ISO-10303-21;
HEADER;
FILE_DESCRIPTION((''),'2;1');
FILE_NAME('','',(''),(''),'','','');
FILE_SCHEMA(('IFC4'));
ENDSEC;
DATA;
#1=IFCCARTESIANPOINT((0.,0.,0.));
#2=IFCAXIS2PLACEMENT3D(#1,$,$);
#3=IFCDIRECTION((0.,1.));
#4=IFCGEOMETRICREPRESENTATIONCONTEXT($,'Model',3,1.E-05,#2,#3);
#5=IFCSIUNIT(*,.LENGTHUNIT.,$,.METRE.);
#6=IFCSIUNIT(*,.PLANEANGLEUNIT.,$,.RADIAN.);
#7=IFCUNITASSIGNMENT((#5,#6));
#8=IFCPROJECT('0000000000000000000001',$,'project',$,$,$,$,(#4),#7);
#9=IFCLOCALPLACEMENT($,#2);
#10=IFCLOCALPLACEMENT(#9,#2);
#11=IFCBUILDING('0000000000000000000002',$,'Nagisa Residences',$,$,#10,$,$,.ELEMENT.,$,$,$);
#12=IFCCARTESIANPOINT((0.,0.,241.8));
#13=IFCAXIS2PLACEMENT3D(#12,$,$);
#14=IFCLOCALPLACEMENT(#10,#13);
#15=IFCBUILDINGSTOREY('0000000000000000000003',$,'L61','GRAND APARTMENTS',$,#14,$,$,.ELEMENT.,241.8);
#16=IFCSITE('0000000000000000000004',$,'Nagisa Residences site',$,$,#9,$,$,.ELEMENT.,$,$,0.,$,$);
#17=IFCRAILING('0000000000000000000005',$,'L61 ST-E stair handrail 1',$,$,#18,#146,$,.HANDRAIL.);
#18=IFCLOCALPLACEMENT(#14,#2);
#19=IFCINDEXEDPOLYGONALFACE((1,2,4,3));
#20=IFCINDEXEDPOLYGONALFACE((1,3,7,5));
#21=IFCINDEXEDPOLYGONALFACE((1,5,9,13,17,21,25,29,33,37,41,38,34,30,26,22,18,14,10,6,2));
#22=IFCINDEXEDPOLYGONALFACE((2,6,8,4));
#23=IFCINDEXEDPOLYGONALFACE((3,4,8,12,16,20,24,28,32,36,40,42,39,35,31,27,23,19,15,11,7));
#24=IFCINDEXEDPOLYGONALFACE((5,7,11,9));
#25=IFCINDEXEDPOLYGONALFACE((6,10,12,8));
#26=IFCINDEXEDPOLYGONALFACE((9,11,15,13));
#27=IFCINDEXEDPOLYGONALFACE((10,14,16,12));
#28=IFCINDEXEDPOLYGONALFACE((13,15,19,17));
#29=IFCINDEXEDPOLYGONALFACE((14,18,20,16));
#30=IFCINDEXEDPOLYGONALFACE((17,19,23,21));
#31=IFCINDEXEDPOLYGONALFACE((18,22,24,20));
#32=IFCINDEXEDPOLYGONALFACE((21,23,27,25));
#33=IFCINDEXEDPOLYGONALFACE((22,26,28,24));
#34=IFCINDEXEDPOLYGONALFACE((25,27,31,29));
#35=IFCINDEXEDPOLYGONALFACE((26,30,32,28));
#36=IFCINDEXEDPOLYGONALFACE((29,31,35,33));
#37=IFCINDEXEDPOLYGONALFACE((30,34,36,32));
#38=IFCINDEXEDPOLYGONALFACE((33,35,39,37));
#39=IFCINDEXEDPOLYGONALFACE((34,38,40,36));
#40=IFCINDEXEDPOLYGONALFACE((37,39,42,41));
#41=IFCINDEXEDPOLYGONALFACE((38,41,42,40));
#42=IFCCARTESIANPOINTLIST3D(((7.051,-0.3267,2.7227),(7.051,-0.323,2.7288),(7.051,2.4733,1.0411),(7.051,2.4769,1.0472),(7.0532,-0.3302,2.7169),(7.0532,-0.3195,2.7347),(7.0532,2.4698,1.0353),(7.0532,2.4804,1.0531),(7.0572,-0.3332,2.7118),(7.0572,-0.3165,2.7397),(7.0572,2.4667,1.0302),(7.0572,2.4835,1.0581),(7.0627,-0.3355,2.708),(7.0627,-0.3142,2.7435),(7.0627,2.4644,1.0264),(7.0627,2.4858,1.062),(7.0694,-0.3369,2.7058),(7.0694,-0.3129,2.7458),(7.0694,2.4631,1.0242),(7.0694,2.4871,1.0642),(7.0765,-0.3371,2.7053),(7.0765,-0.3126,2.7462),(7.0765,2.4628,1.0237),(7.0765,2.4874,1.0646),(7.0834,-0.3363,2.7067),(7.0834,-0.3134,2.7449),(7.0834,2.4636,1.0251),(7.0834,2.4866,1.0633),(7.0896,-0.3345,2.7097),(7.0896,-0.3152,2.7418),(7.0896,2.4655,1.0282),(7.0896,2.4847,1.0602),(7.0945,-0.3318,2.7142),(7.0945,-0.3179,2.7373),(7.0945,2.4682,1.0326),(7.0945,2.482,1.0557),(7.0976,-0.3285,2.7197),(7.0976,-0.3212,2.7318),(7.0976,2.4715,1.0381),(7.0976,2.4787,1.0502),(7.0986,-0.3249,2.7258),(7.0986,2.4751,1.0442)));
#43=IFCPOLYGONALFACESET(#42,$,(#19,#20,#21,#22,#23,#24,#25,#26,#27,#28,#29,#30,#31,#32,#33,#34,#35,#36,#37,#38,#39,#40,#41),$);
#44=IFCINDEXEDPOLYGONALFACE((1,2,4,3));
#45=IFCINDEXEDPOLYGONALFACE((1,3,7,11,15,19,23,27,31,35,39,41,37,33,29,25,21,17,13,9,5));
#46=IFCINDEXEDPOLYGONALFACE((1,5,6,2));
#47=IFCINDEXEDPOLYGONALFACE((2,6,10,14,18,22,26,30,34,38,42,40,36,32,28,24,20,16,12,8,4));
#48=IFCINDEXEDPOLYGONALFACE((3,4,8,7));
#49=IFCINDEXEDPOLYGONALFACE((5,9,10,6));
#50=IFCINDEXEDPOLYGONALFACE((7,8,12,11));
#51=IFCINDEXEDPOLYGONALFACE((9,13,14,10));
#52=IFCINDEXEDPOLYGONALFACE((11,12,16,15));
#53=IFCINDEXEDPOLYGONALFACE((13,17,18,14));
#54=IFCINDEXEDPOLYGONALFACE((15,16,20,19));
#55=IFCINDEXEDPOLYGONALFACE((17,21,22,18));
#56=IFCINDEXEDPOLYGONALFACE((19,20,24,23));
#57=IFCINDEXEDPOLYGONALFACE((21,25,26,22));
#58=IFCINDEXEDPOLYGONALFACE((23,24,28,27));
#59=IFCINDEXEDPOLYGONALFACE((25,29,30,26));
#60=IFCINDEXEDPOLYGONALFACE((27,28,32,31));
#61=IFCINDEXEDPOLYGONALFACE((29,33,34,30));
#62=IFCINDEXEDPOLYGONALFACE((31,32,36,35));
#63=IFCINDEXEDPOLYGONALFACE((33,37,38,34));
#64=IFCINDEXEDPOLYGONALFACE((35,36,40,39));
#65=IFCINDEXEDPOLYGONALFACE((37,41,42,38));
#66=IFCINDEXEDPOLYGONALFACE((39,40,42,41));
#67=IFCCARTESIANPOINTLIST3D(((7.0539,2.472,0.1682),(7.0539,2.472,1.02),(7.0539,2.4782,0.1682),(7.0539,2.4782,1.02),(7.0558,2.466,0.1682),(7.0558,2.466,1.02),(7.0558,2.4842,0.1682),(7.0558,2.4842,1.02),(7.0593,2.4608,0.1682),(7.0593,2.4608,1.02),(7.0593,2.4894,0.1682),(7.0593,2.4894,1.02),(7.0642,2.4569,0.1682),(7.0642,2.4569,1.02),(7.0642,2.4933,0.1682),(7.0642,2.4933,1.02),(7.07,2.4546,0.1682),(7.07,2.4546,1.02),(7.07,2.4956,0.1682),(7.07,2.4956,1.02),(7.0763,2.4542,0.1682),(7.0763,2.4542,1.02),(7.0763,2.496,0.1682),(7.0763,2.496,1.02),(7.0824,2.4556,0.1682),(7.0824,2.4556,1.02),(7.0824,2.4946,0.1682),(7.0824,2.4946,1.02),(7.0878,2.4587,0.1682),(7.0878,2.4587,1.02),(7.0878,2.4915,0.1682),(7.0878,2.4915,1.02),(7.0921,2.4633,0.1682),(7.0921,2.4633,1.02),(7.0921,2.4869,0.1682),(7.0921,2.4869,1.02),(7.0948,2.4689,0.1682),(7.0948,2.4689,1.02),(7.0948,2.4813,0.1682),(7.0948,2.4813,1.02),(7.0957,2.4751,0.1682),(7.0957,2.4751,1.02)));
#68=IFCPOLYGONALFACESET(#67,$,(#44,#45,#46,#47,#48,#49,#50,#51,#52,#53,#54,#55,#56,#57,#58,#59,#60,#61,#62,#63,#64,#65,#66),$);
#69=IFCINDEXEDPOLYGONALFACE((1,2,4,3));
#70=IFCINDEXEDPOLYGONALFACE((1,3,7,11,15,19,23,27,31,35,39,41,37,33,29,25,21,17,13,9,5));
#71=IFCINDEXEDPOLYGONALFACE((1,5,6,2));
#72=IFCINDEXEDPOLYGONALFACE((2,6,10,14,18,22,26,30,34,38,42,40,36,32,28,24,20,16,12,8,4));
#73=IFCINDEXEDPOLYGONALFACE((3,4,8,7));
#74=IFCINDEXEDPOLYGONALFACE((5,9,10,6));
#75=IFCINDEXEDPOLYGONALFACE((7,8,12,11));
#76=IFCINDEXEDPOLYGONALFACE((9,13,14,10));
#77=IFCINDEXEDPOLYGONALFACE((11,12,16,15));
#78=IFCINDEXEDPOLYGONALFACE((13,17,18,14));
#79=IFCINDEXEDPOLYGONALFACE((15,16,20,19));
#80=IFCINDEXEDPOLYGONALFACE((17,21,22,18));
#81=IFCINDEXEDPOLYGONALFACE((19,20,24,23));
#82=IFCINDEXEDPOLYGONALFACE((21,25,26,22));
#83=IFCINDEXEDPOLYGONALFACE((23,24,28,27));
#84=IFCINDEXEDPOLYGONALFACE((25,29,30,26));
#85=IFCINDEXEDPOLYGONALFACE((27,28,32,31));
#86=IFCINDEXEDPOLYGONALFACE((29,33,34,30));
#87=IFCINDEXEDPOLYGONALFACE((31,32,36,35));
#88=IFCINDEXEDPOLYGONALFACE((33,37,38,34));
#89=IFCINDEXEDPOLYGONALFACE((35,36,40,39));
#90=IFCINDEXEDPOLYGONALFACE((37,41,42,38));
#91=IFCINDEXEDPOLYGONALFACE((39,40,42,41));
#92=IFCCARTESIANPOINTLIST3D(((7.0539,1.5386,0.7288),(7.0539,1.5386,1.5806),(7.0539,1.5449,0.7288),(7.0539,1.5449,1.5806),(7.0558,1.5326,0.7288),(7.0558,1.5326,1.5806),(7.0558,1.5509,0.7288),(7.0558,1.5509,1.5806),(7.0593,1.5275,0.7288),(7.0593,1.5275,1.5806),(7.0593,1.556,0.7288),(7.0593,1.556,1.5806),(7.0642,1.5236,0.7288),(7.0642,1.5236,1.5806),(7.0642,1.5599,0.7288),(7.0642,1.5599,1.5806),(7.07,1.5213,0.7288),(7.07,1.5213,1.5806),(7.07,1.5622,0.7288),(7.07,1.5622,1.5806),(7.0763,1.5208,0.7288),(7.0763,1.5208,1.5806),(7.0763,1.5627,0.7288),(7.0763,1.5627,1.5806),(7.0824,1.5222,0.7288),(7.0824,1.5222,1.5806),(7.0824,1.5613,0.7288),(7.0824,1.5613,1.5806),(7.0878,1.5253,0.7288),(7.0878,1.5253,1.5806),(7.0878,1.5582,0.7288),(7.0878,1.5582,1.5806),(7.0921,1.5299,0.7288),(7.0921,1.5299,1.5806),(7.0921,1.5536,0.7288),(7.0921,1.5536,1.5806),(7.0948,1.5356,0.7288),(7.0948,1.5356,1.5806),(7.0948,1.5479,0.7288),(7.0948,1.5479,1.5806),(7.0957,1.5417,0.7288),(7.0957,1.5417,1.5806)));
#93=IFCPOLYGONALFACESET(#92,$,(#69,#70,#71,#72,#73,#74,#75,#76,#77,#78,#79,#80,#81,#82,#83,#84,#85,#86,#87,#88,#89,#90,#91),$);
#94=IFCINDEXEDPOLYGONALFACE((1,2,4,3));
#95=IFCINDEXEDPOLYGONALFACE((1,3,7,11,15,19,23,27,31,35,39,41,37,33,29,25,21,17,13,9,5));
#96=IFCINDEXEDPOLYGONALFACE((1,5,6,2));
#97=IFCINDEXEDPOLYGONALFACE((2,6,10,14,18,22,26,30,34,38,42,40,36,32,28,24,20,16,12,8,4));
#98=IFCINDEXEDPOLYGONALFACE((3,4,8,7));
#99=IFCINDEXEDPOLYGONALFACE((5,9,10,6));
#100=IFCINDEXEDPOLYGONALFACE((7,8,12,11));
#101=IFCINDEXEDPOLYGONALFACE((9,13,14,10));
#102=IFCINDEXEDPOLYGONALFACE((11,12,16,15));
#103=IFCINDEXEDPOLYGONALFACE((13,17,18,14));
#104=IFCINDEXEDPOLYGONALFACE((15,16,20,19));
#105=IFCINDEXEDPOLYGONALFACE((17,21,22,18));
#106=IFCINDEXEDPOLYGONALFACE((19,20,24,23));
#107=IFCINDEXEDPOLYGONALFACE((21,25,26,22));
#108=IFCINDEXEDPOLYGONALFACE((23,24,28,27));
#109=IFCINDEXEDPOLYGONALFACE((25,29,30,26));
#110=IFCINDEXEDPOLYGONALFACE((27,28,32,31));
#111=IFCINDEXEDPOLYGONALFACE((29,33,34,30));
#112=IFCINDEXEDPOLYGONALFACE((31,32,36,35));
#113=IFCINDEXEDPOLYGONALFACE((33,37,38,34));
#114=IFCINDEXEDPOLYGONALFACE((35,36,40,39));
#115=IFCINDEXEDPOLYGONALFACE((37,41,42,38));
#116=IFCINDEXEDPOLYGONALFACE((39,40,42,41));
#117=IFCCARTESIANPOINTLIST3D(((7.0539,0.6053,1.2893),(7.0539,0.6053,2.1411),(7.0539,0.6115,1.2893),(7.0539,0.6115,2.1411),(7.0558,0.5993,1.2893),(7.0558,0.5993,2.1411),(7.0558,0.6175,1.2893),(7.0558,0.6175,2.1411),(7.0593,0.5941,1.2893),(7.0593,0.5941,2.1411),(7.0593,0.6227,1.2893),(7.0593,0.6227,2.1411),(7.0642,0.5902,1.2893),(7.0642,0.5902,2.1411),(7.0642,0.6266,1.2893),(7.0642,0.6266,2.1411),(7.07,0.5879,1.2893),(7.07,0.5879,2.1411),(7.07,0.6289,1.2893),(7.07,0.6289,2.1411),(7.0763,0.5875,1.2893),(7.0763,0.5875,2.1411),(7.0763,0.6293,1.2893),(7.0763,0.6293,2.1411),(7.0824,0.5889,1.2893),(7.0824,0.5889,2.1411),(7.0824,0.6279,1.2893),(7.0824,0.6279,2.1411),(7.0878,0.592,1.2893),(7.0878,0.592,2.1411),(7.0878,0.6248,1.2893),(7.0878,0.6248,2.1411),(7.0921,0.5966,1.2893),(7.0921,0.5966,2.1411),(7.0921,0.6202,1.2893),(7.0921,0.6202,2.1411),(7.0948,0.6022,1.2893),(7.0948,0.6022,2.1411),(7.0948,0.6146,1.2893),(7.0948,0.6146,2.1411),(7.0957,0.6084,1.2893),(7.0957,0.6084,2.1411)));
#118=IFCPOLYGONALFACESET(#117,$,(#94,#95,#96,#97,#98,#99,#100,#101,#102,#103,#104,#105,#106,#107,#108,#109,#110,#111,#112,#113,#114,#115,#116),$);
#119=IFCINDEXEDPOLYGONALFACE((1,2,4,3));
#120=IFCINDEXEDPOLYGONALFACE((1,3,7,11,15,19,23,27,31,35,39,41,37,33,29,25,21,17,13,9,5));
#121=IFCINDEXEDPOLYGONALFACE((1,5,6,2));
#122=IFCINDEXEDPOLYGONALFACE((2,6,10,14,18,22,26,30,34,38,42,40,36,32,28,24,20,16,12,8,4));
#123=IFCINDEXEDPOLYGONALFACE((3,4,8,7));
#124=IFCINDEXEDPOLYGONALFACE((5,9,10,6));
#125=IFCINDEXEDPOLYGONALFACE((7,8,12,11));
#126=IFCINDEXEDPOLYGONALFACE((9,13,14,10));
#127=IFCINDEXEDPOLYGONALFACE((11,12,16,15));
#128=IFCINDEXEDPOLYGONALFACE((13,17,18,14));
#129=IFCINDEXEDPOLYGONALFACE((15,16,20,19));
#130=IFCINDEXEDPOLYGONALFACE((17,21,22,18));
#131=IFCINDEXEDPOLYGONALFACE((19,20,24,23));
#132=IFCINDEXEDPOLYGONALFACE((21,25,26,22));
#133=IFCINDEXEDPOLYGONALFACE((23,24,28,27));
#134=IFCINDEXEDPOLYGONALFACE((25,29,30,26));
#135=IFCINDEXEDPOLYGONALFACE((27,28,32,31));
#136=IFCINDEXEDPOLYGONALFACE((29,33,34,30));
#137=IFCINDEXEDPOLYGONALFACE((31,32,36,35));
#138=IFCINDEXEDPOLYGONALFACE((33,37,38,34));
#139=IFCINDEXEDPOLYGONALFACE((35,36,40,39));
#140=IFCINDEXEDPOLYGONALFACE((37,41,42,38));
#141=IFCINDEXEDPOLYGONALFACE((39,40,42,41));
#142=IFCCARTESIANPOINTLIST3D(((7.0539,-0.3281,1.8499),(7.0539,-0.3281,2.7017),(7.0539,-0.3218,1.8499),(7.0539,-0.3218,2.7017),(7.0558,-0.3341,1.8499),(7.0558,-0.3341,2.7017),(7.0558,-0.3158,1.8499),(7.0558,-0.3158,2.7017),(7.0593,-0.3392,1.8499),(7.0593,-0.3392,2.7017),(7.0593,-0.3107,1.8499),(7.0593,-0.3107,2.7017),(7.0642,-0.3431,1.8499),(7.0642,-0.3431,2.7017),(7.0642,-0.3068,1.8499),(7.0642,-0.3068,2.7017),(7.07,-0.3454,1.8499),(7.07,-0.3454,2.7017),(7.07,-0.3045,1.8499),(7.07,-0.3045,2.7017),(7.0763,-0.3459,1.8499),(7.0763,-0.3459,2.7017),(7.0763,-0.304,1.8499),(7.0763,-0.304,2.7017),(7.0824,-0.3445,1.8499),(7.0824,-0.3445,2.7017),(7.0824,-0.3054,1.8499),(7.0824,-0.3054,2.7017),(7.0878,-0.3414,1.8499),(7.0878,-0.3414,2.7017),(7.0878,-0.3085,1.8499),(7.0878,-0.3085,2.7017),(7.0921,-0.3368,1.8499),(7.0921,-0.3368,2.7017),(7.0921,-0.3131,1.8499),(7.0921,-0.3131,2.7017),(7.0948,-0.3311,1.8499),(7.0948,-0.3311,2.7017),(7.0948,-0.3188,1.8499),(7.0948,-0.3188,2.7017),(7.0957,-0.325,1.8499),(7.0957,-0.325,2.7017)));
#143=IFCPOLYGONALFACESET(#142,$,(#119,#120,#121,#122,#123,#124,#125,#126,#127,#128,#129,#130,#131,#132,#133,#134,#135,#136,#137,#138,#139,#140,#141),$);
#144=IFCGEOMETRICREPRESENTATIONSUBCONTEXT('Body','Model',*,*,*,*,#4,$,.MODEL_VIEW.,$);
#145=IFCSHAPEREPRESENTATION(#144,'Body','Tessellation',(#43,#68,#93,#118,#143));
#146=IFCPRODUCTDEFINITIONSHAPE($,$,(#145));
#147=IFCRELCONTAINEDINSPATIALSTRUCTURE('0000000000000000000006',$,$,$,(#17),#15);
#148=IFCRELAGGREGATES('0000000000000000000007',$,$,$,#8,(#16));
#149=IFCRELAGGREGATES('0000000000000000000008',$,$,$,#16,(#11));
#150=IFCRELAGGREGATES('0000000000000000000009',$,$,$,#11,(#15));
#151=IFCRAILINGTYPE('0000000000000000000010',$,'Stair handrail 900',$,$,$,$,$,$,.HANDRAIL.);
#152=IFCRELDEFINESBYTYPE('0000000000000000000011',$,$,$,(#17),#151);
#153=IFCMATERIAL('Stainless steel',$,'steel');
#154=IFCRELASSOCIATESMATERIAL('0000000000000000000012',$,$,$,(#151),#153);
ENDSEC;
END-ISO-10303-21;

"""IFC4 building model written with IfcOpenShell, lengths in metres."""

from ifc_helpers import new_model, si_unit, direction, frame, origin, origin_2d, place, context, subcontext, project, spatial, circle, extrude, material, type_object, element, save


model = new_model("IFC4")

# Units and contexts
model_context = context("Model", 3, precision=1e-05, world=origin(), true_north=direction((0.0, 1.0)))
body_context = subcontext(model_context, "Body", "Model", "MODEL_VIEW")
ifc_project = project(units=[si_unit("LENGTHUNIT", "METRE"), si_unit("PLANEANGLEUNIT", "RADIAN")], contexts=[model_context])

# Site, building, storey
site_placement = place(None, origin())
site = spatial("IfcSite", under=ifc_project, at=site_placement, Name="Nagisa Residences site", CompositionType="ELEMENT", RefElevation=0.0)
building_placement = place(site_placement, origin())
building = spatial("IfcBuilding", under=site, at=building_placement, Name="Nagisa Residences", CompositionType="ELEMENT")
storey_placement = place(building_placement, frame((0.0, 0.0, 241.8)))
storey = spatial("IfcBuildingStorey", under=building, at=storey_placement, Name="L61", Description="GRAND APARTMENTS", CompositionType="ELEMENT", Elevation=241.8)

# Railing
ifc_material_1 = material(Name="Stainless steel", Category="steel")
railing_type_1 = type_object("IfcRailingType", Name="Stair handrail 900", PredefinedType="HANDRAIL", material=ifc_material_1)
railing_1_placement = place(storey_placement, frame((7.0747, 2.4751, 0.1682)))
element("IfcRailing", 1, at=railing_1_placement, inside=storey, type_object=railing_type_1, Name="L61 ST-E stair handrail 1", PredefinedType="HANDRAIL", context=body_context, shape_type="SweptSolid", body=[
    extrude(circle(Radius=0.0239, at=origin_2d()), frame((0.0, 0.0, 0.876), z_axis=(0.0, -0.857275, 0.514858), x_axis=(1.0, 0.0, 0.0)), (0.0, 0.0, 1.0), 3.2661),
    extrude(circle(Radius=0.021, at=origin_2d()), origin(), (0.0, 0.0, 1.0), 0.8518),
    extrude(circle(Radius=0.021, at=origin_2d()), frame((0.0, -0.9333, 0.5605)), (0.0, 0.0, 1.0), 0.8518),
    extrude(circle(Radius=0.021, at=origin_2d()), frame((0.0, -1.8667, 1.1211)), (0.0, 0.0, 1.0), 0.8518),
    extrude(circle(Radius=0.021, at=origin_2d()), frame((0.0, -2.8, 1.6816)), (0.0, 0.0, 1.0), 0.8518),
])

save(model, "model.ifc")
